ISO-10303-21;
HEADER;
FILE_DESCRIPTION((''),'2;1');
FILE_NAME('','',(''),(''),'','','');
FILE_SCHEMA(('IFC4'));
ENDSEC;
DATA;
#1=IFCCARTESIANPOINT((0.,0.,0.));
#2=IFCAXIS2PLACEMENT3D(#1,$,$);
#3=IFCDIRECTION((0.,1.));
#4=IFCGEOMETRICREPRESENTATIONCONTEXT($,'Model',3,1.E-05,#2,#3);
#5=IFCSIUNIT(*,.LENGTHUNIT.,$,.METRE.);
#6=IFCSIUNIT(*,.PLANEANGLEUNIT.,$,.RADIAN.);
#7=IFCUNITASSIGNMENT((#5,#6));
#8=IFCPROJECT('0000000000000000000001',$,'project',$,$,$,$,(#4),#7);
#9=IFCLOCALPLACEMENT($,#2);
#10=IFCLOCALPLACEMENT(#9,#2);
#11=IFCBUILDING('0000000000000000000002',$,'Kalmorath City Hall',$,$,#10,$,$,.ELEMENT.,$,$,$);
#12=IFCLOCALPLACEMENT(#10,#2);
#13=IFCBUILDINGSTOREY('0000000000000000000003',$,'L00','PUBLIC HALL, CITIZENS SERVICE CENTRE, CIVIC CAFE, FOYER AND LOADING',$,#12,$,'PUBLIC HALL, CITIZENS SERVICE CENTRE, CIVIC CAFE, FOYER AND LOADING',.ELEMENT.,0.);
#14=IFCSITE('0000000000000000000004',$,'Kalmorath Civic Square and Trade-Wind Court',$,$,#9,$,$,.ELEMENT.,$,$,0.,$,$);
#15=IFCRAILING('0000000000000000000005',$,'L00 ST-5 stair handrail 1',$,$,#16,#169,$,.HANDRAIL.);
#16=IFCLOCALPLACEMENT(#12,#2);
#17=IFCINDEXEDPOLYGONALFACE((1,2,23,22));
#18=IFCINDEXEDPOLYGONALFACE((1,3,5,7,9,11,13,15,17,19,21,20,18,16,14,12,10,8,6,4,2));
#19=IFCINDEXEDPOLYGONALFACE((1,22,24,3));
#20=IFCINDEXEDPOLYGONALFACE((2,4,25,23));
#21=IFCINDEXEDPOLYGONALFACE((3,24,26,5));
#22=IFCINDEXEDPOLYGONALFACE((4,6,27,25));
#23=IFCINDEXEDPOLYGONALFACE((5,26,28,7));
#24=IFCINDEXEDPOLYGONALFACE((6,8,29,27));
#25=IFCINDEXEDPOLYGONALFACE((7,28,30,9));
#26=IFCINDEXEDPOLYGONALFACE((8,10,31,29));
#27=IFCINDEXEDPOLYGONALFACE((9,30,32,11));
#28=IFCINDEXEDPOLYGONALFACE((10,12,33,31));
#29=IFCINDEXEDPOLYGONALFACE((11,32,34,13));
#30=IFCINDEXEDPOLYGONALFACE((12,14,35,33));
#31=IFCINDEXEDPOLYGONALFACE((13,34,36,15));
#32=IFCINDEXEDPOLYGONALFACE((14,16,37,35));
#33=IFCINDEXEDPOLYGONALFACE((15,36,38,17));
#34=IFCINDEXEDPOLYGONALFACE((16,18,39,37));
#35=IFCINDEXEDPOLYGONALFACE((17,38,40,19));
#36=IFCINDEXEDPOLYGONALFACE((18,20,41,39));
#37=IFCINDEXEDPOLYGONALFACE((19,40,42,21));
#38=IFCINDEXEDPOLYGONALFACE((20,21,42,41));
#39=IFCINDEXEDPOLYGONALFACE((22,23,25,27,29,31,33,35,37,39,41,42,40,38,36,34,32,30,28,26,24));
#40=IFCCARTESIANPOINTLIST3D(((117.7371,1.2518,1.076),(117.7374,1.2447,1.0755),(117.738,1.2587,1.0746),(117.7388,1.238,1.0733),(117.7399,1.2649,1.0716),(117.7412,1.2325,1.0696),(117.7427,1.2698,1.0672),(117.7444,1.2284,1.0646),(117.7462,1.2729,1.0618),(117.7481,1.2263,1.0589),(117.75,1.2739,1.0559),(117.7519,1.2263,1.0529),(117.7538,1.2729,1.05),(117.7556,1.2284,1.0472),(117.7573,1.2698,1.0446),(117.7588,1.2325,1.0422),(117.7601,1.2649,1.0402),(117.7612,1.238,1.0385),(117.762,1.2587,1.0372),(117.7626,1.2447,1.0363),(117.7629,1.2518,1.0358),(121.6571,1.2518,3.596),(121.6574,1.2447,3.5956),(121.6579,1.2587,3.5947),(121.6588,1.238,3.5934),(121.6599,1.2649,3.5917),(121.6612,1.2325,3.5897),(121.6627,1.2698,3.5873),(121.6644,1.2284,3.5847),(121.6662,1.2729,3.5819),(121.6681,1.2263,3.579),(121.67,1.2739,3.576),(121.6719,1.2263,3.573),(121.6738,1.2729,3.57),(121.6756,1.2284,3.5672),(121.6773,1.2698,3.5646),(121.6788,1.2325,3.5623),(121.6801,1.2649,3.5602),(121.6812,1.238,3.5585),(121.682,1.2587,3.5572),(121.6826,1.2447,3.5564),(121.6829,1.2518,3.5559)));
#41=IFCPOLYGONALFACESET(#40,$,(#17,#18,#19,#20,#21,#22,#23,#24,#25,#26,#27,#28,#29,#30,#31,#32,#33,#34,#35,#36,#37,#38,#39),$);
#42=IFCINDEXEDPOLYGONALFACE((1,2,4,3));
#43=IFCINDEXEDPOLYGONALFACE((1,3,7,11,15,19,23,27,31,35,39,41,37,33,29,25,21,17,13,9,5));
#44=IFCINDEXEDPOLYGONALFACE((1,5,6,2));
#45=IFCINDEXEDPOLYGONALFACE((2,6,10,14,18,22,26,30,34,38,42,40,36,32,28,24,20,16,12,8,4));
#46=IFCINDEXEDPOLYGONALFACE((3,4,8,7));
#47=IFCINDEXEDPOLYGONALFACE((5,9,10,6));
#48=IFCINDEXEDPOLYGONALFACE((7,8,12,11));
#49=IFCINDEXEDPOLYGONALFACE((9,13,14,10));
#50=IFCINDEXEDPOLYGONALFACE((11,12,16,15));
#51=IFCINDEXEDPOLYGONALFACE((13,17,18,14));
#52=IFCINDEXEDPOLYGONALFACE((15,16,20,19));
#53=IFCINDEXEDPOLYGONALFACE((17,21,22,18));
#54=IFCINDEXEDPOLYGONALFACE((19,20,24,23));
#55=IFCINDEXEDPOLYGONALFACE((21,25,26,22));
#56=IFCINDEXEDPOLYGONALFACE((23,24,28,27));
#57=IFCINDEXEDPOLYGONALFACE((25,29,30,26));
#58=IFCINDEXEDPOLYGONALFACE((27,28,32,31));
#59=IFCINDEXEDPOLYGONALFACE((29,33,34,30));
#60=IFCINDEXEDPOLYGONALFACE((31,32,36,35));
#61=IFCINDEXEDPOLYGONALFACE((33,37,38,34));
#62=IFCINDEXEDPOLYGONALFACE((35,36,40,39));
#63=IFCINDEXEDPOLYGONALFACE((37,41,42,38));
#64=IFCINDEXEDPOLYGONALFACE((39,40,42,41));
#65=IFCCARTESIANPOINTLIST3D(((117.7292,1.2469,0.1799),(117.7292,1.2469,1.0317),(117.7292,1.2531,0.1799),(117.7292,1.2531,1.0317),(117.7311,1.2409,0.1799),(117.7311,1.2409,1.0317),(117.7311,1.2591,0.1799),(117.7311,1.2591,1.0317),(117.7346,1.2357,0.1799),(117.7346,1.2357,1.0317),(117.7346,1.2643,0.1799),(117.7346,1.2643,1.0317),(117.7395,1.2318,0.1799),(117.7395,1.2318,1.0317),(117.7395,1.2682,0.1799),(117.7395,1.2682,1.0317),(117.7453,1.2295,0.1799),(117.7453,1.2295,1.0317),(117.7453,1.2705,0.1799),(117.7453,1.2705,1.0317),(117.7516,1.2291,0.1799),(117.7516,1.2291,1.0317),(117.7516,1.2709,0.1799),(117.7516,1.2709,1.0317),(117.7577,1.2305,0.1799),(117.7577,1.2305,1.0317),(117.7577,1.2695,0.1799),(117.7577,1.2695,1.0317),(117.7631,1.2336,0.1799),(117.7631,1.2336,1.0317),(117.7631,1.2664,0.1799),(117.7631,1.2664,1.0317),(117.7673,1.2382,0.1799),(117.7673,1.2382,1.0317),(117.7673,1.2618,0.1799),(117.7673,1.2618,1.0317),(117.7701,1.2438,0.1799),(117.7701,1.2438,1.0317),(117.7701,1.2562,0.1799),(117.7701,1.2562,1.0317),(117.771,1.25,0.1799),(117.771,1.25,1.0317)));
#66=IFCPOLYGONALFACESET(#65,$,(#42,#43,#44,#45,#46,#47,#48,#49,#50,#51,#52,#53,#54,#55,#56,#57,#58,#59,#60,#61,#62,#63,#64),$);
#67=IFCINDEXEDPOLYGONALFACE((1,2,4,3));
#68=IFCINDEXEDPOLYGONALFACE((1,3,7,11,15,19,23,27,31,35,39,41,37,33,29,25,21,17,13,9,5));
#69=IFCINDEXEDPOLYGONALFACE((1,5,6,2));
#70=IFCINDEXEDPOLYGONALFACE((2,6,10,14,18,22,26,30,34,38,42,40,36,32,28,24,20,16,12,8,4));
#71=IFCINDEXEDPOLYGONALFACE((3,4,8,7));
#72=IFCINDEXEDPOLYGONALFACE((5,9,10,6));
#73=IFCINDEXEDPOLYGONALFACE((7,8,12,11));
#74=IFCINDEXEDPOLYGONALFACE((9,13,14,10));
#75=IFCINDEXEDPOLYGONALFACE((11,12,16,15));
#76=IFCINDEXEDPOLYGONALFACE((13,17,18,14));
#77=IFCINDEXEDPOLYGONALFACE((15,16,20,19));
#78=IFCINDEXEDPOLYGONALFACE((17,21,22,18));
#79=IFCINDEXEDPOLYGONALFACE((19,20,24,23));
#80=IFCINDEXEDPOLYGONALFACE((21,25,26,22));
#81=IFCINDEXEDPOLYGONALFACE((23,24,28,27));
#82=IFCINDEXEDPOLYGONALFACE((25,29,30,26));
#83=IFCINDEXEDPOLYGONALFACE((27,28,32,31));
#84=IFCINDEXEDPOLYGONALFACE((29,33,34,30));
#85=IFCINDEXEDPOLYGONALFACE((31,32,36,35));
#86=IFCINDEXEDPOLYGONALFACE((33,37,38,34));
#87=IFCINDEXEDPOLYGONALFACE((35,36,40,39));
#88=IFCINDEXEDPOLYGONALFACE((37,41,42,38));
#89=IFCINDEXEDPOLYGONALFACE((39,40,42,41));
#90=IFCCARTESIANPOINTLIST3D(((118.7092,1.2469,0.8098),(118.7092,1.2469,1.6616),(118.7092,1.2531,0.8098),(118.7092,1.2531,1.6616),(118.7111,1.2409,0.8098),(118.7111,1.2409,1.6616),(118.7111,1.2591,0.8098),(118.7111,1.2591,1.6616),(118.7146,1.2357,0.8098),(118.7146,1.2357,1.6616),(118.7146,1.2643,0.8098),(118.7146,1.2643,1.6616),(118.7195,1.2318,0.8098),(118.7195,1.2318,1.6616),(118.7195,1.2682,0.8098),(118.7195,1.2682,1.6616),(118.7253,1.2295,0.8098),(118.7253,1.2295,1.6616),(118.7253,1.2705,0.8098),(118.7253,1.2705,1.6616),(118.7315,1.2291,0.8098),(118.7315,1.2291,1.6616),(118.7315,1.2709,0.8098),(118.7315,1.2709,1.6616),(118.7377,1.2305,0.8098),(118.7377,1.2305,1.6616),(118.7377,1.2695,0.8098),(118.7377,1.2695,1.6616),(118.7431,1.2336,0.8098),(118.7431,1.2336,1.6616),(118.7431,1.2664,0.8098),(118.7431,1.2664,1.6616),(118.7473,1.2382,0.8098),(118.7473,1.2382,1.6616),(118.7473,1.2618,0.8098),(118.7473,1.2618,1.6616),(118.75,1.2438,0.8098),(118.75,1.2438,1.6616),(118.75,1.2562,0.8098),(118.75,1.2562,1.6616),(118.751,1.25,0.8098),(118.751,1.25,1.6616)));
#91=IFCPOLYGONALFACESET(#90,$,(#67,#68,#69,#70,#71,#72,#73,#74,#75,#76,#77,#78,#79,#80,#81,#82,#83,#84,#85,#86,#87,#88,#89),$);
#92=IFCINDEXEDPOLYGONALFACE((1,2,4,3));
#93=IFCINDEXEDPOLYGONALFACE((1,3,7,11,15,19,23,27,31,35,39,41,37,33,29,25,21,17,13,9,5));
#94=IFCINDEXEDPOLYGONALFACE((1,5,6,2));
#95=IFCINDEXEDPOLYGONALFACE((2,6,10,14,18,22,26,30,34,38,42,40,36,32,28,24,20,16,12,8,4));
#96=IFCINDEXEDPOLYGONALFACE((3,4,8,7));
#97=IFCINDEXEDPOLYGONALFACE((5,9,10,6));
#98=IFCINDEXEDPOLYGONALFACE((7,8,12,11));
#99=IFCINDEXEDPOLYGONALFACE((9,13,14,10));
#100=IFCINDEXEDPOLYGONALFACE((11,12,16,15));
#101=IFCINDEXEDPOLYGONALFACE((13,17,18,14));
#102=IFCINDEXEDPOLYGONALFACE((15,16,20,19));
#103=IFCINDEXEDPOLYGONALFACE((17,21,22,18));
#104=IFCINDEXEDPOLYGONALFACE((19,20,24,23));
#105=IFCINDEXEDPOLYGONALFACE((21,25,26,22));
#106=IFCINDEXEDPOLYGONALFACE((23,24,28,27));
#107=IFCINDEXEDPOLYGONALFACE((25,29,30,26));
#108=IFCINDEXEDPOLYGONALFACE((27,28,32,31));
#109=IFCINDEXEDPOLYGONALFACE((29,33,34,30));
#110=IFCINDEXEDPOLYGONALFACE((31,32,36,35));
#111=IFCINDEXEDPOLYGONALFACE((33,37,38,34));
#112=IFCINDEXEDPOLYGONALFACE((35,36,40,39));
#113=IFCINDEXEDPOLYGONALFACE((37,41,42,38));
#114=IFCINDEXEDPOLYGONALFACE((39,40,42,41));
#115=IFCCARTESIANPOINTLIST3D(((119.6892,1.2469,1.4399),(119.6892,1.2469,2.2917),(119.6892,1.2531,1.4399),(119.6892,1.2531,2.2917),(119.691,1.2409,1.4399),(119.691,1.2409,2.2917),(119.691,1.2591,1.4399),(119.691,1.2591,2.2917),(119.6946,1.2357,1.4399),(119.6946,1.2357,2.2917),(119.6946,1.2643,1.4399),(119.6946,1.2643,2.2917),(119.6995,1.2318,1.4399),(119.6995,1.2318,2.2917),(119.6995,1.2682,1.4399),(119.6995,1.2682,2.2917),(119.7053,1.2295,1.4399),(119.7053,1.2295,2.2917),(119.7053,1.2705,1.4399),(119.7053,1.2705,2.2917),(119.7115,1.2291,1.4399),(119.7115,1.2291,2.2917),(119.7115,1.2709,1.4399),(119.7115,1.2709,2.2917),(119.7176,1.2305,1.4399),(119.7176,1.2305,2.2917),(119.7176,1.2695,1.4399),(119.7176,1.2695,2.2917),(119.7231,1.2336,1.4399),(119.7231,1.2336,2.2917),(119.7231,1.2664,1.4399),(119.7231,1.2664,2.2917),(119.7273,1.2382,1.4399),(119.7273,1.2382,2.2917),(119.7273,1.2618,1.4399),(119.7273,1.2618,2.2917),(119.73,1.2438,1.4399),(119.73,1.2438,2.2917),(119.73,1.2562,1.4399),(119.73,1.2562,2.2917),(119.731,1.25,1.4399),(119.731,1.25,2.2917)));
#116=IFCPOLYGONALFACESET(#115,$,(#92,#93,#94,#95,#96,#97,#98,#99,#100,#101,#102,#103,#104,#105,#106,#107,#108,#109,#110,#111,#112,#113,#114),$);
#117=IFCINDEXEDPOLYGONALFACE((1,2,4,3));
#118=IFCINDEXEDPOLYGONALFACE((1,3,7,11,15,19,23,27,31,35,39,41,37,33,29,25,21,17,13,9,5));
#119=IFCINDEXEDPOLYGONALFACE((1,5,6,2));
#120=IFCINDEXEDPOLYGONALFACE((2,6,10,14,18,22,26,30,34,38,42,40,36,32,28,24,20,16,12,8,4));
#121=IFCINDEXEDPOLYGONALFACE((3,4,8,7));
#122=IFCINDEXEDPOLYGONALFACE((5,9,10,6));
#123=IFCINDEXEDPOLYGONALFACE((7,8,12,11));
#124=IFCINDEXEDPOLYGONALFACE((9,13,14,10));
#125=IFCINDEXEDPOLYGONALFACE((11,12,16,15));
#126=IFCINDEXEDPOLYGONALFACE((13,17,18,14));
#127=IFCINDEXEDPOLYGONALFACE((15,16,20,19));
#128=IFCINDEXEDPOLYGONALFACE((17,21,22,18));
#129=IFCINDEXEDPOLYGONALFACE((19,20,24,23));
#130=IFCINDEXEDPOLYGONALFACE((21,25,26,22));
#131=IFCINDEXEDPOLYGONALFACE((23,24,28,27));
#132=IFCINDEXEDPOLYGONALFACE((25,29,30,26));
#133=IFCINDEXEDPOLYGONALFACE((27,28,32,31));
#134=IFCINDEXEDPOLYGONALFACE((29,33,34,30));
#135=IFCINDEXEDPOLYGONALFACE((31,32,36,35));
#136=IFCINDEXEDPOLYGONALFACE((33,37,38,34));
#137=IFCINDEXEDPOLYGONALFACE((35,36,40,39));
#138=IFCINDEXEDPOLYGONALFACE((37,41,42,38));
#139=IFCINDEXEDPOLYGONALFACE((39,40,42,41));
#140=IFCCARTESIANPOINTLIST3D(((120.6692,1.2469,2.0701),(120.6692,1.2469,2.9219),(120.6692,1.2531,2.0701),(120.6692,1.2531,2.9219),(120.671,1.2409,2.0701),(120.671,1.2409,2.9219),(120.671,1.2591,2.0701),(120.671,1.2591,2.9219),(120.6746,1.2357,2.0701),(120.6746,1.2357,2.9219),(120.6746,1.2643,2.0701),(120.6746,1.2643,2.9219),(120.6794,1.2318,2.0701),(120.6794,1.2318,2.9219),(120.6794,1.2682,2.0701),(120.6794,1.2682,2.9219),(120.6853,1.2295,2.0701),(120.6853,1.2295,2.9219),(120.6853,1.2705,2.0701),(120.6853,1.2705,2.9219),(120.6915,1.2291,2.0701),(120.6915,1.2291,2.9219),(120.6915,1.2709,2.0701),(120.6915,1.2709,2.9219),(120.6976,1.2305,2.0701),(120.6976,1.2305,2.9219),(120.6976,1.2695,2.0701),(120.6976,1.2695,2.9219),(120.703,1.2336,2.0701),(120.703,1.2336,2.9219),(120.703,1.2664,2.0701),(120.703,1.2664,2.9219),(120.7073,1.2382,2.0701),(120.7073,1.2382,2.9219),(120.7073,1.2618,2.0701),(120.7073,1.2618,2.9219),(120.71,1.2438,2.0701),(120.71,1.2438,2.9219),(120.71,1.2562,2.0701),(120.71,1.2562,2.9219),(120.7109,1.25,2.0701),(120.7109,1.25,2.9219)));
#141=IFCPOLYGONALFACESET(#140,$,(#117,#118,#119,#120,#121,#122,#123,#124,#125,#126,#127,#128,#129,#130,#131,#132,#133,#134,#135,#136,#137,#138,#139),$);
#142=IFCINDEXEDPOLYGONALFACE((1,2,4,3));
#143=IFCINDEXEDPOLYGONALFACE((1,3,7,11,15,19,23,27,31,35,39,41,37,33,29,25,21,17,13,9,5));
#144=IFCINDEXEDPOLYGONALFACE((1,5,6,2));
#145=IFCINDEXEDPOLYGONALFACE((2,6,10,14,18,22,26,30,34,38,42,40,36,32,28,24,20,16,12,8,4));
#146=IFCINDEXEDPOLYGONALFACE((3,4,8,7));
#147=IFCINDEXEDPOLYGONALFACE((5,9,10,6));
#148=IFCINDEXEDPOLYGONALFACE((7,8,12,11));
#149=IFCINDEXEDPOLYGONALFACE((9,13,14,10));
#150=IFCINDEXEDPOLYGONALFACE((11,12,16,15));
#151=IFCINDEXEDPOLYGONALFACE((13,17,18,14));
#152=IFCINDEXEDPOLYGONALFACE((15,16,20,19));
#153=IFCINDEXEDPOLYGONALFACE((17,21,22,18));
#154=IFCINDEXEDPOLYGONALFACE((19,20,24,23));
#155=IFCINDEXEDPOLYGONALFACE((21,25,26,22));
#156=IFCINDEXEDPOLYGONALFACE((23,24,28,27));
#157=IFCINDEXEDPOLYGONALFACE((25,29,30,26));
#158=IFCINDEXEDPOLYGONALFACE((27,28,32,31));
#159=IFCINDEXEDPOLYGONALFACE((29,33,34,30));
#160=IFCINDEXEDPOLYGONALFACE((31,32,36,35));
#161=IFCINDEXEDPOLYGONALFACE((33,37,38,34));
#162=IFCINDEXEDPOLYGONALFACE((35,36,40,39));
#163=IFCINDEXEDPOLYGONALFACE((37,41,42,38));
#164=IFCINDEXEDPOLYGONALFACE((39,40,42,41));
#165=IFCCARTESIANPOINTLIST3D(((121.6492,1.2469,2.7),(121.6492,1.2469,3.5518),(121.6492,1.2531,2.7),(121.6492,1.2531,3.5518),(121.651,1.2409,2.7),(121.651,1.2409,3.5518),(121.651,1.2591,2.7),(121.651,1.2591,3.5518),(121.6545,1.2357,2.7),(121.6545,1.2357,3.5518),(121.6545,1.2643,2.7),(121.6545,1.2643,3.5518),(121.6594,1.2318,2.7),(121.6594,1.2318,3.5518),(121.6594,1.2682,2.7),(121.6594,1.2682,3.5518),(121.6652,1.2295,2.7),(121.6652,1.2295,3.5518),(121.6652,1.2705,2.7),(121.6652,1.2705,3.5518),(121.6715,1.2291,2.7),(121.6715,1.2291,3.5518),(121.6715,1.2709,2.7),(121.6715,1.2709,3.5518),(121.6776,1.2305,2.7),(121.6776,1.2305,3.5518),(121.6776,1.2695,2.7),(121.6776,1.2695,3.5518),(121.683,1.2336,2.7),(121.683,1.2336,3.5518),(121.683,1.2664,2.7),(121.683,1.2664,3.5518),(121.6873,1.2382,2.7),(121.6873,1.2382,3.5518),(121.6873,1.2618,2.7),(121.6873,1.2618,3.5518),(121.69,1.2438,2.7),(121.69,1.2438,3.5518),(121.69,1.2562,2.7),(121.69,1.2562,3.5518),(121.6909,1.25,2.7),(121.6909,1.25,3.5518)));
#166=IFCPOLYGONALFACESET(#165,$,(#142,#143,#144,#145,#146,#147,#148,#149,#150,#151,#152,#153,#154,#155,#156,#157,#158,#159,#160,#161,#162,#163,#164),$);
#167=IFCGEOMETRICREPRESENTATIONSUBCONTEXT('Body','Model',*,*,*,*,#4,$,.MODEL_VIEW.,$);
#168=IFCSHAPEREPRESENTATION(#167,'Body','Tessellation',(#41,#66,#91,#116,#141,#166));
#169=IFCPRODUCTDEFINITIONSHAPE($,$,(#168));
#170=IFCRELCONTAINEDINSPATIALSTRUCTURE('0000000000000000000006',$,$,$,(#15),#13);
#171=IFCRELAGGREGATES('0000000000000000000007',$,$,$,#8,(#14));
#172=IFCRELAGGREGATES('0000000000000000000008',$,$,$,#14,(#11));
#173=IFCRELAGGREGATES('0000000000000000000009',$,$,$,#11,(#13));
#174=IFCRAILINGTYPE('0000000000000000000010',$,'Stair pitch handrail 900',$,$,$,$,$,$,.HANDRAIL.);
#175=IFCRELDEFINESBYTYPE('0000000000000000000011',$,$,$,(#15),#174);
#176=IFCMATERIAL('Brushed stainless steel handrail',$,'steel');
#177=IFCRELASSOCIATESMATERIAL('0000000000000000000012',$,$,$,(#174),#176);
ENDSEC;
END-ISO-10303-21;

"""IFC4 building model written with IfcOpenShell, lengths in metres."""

from ifc_helpers import new_model, si_unit, direction, frame, origin, origin_2d, place, context, subcontext, project, spatial, circle, extrude, material, type_object, element, save


model = new_model("IFC4")

# Units and contexts
model_context = context("Model", 3, precision=1e-05, world=origin(), true_north=direction((0.0, 1.0)))
body_context = subcontext(model_context, "Body", "Model", "MODEL_VIEW")
ifc_project = project(units=[si_unit("LENGTHUNIT", "METRE"), si_unit("PLANEANGLEUNIT", "RADIAN")], contexts=[model_context])

# Site, building, storey
site_placement = place(None, origin())
site = spatial("IfcSite", under=ifc_project, at=site_placement, Name="Kalmorath Civic Square and Trade-Wind Court", CompositionType="ELEMENT", RefElevation=0.0)
building_placement = place(site_placement, origin())
building = spatial("IfcBuilding", under=site, at=building_placement, Name="Kalmorath City Hall", CompositionType="ELEMENT")
storey_placement = place(building_placement, origin())
storey = spatial("IfcBuildingStorey", under=building, at=storey_placement, Name="L00", Description="PUBLIC HALL, CITIZENS SERVICE CENTRE, CIVIC CAFE, FOYER AND LOADING", LongName="PUBLIC HALL, CITIZENS SERVICE CENTRE, CIVIC CAFE, FOYER AND LOADING", CompositionType="ELEMENT", Elevation=0.0)

# Railing
ifc_material_1 = material(Name="Brushed stainless steel handrail", Category="steel")
railing_type_1 = type_object("IfcRailingType", Name="Stair pitch handrail 900", PredefinedType="HANDRAIL", material=ifc_material_1)
railing_1_placement = place(storey_placement, frame((117.75, 1.25, 0.1799)))
element("IfcRailing", 1, at=railing_1_placement, inside=storey, type_object=railing_type_1, Name="L00 ST-5 stair handrail 1", PredefinedType="HANDRAIL", context=body_context, shape_type="SweptSolid", body=[
    extrude(circle(Radius=0.0239, at=origin_2d()), frame((0.0, 0.0, 0.876), z_axis=(0.841172, 0.0, 0.540768), x_axis=(0.0, 1.0, 0.0)), (0.0, 0.0, 1.0), 4.6602),
    extrude(circle(Radius=0.021, at=origin_2d()), origin(), (0.0, 0.0, 1.0), 0.8518),
    extrude(circle(Radius=0.021, at=origin_2d()), frame((0.98, 0.0, 0.6299)), (0.0, 0.0, 1.0), 0.8518),
    extrude(circle(Radius=0.021, at=origin_2d()), frame((1.96, 0.0, 1.26)), (0.0, 0.0, 1.0), 0.8518),
    extrude(circle(Radius=0.021, at=origin_2d()), frame((2.9399, 0.0, 1.8901)), (0.0, 0.0, 1.0), 0.8518),
    extrude(circle(Radius=0.021, at=origin_2d()), frame((3.9199, 0.0, 2.52)), (0.0, 0.0, 1.0), 0.8518),
])

save(model, "model.ifc")
